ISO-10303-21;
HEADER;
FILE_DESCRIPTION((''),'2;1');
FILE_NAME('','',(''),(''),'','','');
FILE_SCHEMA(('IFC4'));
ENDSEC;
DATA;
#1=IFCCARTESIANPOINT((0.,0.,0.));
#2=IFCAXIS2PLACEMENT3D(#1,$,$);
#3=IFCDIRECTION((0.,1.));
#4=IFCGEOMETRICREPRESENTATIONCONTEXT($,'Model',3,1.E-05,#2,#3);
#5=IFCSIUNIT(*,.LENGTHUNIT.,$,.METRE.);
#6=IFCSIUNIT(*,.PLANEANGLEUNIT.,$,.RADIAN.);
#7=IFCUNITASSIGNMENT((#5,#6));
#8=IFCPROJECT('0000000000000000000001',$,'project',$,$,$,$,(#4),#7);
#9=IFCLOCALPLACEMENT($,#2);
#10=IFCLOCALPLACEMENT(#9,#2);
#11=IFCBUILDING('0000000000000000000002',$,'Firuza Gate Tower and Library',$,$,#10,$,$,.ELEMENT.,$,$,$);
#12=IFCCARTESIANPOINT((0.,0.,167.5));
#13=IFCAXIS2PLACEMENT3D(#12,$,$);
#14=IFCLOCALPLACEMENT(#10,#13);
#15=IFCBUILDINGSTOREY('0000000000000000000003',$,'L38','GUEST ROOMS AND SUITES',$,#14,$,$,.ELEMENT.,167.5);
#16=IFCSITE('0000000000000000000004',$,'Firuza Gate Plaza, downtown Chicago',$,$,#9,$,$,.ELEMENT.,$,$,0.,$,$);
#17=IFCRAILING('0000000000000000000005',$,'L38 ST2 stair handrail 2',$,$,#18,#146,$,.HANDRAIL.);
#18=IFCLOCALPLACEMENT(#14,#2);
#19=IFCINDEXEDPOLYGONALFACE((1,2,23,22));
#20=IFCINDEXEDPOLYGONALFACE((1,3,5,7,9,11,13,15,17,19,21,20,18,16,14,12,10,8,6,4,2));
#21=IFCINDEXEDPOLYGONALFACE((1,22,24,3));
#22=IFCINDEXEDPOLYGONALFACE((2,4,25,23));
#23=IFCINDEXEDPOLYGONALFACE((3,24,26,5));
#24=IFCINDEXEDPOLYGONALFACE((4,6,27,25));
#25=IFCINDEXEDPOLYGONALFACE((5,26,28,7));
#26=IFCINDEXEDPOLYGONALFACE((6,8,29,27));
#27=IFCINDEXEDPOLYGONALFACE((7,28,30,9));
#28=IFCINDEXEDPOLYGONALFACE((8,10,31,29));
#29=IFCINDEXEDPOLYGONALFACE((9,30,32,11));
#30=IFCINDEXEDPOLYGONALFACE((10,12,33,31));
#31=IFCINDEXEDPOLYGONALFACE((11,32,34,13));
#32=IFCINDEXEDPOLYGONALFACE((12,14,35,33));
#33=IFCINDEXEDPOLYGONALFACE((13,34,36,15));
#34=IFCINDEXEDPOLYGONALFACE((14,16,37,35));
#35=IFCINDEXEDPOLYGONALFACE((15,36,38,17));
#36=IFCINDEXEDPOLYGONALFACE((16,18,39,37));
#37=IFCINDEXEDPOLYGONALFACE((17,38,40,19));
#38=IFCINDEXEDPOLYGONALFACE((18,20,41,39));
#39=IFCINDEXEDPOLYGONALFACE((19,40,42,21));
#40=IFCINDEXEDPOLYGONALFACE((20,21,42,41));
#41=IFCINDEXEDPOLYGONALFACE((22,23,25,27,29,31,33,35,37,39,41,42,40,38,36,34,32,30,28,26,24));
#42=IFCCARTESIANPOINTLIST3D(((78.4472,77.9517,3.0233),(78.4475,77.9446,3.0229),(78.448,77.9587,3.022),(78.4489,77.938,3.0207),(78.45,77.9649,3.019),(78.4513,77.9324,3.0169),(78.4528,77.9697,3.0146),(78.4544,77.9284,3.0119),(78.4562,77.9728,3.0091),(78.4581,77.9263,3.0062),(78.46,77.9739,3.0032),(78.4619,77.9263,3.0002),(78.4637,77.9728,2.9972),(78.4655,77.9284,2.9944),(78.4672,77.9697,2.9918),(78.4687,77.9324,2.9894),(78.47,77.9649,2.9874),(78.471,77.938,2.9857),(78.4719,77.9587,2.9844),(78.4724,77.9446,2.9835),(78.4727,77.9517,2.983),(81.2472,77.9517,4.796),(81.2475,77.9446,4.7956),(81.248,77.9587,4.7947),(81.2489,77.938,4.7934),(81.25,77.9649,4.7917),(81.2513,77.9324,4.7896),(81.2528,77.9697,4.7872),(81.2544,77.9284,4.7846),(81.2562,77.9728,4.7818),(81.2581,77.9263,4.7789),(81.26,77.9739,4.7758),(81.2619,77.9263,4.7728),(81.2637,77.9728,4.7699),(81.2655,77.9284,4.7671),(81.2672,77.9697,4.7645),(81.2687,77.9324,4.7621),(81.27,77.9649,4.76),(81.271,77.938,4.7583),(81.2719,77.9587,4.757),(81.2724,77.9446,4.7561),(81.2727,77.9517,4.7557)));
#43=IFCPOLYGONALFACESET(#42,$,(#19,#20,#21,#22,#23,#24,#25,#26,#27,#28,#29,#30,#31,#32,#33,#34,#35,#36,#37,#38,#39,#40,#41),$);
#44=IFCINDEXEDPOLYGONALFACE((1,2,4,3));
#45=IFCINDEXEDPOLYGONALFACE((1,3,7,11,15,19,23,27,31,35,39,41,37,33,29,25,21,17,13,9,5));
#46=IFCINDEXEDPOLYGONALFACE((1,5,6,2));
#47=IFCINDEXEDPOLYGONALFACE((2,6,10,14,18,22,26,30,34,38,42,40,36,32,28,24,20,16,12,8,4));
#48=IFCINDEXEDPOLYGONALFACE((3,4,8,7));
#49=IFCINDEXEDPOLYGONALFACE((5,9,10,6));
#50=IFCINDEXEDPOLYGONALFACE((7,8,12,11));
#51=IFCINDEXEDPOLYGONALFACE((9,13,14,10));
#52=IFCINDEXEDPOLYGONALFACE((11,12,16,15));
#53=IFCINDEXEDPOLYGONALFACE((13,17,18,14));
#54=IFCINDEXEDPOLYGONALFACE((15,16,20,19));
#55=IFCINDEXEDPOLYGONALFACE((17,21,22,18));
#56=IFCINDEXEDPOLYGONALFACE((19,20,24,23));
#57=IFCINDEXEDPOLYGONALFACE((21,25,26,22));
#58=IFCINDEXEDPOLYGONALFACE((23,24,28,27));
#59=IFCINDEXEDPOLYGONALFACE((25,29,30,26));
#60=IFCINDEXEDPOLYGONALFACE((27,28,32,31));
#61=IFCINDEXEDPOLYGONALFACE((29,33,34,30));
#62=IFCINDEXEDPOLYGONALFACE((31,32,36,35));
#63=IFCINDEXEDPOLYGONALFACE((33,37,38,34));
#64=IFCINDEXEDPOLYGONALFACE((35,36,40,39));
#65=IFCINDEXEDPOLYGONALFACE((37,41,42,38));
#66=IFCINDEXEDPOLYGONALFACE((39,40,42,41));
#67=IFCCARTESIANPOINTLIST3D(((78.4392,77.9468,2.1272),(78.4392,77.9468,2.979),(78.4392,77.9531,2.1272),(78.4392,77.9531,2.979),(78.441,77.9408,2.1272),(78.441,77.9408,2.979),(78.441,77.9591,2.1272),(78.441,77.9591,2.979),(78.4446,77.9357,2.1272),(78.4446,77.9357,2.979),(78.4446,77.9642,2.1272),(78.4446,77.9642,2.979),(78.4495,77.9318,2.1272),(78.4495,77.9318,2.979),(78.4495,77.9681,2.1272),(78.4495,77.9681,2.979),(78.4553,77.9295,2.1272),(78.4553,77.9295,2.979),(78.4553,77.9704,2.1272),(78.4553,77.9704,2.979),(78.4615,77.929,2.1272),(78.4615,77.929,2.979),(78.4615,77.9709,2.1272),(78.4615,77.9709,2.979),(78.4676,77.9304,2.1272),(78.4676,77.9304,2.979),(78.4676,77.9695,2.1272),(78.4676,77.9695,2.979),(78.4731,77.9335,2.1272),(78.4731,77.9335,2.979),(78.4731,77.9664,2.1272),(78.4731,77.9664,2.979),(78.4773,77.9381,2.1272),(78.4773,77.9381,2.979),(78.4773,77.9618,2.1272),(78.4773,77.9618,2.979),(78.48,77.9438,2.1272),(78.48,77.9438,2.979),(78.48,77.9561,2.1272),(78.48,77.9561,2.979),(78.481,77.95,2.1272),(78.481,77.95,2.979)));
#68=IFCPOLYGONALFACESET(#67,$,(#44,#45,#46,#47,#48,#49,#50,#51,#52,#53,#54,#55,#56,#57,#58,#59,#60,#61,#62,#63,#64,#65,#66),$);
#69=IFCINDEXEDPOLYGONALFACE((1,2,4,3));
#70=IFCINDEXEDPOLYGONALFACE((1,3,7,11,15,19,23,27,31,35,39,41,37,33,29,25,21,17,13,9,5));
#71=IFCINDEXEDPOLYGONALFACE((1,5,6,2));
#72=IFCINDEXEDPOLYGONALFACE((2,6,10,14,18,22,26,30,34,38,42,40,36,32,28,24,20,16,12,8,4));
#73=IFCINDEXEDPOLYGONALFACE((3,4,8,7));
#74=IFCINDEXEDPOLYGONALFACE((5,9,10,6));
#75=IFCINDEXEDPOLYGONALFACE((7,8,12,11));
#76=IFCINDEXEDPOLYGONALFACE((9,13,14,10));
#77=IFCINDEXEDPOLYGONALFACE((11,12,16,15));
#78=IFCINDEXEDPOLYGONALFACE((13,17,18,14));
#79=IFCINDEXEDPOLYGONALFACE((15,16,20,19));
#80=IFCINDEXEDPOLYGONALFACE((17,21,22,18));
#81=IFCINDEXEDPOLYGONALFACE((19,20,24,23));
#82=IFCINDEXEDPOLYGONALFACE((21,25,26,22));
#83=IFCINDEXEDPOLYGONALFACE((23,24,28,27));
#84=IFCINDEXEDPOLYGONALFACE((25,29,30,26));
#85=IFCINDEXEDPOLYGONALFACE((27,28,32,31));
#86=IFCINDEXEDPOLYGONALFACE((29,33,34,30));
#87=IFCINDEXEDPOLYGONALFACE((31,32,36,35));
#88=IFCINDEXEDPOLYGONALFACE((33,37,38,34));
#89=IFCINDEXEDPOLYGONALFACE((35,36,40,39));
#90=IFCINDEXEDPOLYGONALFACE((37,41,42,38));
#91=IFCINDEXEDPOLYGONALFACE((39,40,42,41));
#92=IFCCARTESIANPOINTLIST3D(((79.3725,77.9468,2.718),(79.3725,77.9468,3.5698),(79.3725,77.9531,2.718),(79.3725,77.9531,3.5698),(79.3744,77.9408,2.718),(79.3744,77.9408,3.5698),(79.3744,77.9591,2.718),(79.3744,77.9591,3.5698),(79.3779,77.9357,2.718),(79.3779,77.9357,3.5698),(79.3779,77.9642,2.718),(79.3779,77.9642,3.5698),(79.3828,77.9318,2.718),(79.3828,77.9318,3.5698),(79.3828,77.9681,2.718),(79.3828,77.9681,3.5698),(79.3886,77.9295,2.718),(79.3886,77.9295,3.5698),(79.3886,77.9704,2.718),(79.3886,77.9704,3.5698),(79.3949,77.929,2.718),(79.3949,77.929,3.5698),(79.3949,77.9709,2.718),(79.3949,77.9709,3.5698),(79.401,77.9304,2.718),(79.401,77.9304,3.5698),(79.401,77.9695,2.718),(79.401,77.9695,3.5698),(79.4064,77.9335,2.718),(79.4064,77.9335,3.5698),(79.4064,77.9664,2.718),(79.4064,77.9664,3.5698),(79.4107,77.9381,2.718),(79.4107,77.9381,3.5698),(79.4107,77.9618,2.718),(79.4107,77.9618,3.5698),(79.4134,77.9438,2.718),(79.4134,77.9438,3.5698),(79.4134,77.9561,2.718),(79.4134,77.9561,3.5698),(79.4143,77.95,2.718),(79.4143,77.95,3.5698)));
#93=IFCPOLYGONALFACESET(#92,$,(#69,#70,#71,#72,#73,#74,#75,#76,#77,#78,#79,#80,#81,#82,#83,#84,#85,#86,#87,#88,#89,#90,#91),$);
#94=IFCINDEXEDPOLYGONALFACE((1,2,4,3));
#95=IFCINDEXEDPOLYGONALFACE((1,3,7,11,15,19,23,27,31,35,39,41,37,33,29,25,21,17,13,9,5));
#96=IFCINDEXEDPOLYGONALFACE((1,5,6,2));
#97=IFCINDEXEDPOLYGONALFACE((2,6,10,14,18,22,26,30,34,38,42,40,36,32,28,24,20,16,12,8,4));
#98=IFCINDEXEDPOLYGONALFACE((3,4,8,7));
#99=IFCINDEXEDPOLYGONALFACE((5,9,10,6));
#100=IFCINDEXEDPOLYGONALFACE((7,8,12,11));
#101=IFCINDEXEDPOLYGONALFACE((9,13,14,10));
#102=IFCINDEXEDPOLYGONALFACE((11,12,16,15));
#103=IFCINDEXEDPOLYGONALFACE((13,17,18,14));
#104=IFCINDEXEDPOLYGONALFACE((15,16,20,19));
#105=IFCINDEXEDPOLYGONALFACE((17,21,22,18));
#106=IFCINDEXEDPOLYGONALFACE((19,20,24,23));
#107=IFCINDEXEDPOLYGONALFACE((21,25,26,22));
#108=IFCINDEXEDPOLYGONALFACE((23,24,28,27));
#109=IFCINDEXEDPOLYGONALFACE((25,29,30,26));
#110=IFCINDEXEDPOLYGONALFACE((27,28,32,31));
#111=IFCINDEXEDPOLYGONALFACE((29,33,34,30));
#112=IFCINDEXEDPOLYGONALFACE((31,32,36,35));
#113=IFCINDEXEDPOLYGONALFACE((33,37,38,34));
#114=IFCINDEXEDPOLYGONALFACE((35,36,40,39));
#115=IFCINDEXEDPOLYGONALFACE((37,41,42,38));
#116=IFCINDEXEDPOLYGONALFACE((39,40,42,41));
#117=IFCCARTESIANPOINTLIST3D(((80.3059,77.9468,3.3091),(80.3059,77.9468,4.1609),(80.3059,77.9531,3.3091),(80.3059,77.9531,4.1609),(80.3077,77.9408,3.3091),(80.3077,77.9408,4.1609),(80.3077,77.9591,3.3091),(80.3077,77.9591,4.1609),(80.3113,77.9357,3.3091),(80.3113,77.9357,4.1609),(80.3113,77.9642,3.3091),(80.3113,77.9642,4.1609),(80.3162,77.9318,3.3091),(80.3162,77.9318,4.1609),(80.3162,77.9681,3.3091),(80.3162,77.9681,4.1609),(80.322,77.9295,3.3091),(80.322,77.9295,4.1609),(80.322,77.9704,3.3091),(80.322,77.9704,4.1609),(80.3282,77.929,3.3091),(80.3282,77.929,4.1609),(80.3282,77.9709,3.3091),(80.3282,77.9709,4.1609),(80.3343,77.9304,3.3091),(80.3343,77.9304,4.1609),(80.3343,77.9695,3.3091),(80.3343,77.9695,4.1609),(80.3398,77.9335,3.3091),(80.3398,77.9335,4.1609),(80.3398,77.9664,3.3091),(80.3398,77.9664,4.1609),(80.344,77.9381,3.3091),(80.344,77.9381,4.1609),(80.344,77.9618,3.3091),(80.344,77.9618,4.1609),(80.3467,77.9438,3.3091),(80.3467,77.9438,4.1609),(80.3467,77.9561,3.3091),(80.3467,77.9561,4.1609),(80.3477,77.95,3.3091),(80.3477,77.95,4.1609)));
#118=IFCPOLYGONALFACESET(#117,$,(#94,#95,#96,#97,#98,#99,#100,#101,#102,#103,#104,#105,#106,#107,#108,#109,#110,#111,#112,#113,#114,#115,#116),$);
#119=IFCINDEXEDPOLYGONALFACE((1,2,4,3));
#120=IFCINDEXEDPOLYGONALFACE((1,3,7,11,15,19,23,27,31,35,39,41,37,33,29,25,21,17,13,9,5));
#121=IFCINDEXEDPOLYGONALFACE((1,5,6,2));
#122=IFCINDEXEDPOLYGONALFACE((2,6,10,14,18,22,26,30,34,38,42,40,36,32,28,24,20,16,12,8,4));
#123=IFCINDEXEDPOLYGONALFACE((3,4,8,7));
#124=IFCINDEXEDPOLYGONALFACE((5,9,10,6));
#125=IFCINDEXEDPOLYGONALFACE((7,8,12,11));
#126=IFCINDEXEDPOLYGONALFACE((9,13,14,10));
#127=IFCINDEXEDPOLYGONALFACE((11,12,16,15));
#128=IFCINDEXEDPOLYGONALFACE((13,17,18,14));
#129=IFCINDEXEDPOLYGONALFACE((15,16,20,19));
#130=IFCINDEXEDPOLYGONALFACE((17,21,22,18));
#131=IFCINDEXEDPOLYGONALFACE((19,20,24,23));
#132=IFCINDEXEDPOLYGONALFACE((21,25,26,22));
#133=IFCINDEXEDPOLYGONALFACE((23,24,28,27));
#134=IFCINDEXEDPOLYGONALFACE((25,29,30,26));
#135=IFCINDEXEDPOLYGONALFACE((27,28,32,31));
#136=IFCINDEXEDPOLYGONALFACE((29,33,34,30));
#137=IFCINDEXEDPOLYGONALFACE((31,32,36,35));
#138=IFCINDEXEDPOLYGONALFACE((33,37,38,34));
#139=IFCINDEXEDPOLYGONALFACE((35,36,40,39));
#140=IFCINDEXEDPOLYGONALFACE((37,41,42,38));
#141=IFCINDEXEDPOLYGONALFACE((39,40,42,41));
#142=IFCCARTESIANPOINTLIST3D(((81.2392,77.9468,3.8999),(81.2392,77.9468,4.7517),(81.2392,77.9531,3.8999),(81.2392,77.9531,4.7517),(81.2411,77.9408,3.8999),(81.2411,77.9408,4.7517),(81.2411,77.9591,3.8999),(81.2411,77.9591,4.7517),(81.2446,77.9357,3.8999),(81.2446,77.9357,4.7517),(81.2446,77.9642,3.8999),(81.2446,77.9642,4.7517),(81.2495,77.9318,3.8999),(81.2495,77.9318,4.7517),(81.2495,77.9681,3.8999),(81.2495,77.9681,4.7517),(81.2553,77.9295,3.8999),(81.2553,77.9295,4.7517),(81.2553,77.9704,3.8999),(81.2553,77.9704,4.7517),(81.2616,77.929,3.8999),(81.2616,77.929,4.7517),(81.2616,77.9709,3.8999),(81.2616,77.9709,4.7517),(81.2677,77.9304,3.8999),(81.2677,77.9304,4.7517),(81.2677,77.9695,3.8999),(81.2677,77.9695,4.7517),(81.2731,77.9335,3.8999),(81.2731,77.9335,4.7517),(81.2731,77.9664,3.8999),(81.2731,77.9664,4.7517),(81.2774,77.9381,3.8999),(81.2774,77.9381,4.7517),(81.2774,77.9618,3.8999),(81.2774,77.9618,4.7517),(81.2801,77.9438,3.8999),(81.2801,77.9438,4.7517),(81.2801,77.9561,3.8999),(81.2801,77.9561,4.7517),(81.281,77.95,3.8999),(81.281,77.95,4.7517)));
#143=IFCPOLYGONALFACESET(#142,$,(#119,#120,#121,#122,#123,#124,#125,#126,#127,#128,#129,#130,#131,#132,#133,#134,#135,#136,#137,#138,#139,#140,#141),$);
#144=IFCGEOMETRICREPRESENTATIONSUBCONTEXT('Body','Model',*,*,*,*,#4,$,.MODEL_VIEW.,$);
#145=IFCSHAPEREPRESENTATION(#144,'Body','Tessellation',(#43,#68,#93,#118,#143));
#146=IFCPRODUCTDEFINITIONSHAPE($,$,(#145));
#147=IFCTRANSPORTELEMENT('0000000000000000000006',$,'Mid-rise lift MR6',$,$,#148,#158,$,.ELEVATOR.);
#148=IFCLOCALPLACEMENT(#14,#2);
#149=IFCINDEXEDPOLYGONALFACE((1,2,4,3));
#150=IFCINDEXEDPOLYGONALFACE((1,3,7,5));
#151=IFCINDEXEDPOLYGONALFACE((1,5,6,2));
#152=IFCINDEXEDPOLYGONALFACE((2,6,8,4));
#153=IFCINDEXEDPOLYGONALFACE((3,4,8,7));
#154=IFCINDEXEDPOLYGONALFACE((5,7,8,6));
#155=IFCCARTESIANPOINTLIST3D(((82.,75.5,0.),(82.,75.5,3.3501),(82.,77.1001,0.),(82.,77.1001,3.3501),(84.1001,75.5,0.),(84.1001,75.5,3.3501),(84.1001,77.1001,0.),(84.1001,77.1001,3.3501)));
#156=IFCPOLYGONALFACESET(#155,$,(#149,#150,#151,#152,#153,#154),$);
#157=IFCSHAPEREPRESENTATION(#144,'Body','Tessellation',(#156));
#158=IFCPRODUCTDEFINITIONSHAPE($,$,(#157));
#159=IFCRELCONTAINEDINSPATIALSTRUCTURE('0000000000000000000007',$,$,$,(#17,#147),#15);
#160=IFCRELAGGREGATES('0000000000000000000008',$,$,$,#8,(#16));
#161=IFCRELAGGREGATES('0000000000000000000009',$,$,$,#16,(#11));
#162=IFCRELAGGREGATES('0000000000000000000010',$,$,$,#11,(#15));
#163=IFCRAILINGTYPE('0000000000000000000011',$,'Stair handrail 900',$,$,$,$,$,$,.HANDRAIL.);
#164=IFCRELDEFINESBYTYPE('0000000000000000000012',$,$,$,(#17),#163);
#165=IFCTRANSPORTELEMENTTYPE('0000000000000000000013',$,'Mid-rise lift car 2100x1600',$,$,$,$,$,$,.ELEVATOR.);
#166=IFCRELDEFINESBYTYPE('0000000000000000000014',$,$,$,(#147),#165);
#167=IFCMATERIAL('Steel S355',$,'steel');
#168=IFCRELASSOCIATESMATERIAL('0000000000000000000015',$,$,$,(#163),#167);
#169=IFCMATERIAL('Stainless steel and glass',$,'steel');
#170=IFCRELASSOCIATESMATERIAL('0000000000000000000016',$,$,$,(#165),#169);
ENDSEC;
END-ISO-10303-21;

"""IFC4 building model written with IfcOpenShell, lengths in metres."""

from ifc_helpers import new_model, si_unit, direction, frame, origin, origin_2d, place, context, subcontext, project, spatial, rectangle, circle, extrude, material, type_object, element, save


model = new_model("IFC4")

# Units and contexts
model_context = context("Model", 3, precision=1e-05, world=origin(), true_north=direction((0.0, 1.0)))
body_context = subcontext(model_context, "Body", "Model", "MODEL_VIEW")
ifc_project = project(units=[si_unit("LENGTHUNIT", "METRE"), si_unit("PLANEANGLEUNIT", "RADIAN")], contexts=[model_context])

# Site, building, storey
site_placement = place(None, origin())
site = spatial("IfcSite", under=ifc_project, at=site_placement, Name="Firuza Gate Plaza, downtown Chicago", CompositionType="ELEMENT", RefElevation=0.0)
building_placement = place(site_placement, origin())
building = spatial("IfcBuilding", under=site, at=building_placement, Name="Firuza Gate Tower and Library", CompositionType="ELEMENT")
storey_placement = place(building_placement, frame((0.0, 0.0, 167.5)))
storey = spatial("IfcBuildingStorey", under=building, at=storey_placement, Name="L38", Description="GUEST ROOMS AND SUITES", CompositionType="ELEMENT", Elevation=167.5)

# Railing
ifc_material_1 = material(Name="Steel S355", Category="steel")
railing_type_1 = type_object("IfcRailingType", Name="Stair handrail 900", PredefinedType="HANDRAIL", material=ifc_material_1)
railing_1_placement = place(storey_placement, frame((78.46, 77.95, 2.1272)))
element("IfcRailing", 1, at=railing_1_placement, inside=storey, type_object=railing_type_1, Name="L38 ST2 stair handrail 2", PredefinedType="HANDRAIL", context=body_context, shape_type="SweptSolid", body=[
    extrude(circle(Radius=0.0239, at=origin_2d()), frame((0.0, 0.0, 0.876), z_axis=(0.844909, 0.0, 0.53491), x_axis=(0.0, 1.0, 0.0)), (0.0, 0.0, 1.0), 3.314),
    extrude(circle(Radius=0.021, at=origin_2d()), origin(), (0.0, 0.0, 1.0), 0.8518),
    extrude(circle(Radius=0.021, at=origin_2d()), frame((0.9333, 0.0, 0.5908)), (0.0, 0.0, 1.0), 0.8518),
    extrude(circle(Radius=0.021, at=origin_2d()), frame((1.8667, 0.0, 1.1819)), (0.0, 0.0, 1.0), 0.8518),
    extrude(circle(Radius=0.021, at=origin_2d()), frame((2.8, 0.0, 1.7727)), (0.0, 0.0, 1.0), 0.8518),
])

# Transport element
ifc_material_2 = material(Name="Stainless steel and glass", Category="steel")
transport_element_type = type_object("IfcTransportElementType", Name="Mid-rise lift car 2100x1600", PredefinedType="ELEVATOR", material=ifc_material_2)
transport_element_placement = place(storey_placement, frame((83.05, 76.3, 0.0), z_axis=(0.0, 0.0, 1.0), x_axis=(1.0, 0.0, 0.0)))
element("IfcTransportElement", 2, at=transport_element_placement, inside=storey, type_object=transport_element_type, Name="Mid-rise lift MR6", PredefinedType="ELEVATOR", context=body_context, shape_type="SweptSolid", body=[
    extrude(rectangle(XDim=2.1001, YDim=1.6001, at=origin_2d()), origin(), (0.0, 0.0, 1.0), 3.3501),
])

save(model, "model.ifc")
